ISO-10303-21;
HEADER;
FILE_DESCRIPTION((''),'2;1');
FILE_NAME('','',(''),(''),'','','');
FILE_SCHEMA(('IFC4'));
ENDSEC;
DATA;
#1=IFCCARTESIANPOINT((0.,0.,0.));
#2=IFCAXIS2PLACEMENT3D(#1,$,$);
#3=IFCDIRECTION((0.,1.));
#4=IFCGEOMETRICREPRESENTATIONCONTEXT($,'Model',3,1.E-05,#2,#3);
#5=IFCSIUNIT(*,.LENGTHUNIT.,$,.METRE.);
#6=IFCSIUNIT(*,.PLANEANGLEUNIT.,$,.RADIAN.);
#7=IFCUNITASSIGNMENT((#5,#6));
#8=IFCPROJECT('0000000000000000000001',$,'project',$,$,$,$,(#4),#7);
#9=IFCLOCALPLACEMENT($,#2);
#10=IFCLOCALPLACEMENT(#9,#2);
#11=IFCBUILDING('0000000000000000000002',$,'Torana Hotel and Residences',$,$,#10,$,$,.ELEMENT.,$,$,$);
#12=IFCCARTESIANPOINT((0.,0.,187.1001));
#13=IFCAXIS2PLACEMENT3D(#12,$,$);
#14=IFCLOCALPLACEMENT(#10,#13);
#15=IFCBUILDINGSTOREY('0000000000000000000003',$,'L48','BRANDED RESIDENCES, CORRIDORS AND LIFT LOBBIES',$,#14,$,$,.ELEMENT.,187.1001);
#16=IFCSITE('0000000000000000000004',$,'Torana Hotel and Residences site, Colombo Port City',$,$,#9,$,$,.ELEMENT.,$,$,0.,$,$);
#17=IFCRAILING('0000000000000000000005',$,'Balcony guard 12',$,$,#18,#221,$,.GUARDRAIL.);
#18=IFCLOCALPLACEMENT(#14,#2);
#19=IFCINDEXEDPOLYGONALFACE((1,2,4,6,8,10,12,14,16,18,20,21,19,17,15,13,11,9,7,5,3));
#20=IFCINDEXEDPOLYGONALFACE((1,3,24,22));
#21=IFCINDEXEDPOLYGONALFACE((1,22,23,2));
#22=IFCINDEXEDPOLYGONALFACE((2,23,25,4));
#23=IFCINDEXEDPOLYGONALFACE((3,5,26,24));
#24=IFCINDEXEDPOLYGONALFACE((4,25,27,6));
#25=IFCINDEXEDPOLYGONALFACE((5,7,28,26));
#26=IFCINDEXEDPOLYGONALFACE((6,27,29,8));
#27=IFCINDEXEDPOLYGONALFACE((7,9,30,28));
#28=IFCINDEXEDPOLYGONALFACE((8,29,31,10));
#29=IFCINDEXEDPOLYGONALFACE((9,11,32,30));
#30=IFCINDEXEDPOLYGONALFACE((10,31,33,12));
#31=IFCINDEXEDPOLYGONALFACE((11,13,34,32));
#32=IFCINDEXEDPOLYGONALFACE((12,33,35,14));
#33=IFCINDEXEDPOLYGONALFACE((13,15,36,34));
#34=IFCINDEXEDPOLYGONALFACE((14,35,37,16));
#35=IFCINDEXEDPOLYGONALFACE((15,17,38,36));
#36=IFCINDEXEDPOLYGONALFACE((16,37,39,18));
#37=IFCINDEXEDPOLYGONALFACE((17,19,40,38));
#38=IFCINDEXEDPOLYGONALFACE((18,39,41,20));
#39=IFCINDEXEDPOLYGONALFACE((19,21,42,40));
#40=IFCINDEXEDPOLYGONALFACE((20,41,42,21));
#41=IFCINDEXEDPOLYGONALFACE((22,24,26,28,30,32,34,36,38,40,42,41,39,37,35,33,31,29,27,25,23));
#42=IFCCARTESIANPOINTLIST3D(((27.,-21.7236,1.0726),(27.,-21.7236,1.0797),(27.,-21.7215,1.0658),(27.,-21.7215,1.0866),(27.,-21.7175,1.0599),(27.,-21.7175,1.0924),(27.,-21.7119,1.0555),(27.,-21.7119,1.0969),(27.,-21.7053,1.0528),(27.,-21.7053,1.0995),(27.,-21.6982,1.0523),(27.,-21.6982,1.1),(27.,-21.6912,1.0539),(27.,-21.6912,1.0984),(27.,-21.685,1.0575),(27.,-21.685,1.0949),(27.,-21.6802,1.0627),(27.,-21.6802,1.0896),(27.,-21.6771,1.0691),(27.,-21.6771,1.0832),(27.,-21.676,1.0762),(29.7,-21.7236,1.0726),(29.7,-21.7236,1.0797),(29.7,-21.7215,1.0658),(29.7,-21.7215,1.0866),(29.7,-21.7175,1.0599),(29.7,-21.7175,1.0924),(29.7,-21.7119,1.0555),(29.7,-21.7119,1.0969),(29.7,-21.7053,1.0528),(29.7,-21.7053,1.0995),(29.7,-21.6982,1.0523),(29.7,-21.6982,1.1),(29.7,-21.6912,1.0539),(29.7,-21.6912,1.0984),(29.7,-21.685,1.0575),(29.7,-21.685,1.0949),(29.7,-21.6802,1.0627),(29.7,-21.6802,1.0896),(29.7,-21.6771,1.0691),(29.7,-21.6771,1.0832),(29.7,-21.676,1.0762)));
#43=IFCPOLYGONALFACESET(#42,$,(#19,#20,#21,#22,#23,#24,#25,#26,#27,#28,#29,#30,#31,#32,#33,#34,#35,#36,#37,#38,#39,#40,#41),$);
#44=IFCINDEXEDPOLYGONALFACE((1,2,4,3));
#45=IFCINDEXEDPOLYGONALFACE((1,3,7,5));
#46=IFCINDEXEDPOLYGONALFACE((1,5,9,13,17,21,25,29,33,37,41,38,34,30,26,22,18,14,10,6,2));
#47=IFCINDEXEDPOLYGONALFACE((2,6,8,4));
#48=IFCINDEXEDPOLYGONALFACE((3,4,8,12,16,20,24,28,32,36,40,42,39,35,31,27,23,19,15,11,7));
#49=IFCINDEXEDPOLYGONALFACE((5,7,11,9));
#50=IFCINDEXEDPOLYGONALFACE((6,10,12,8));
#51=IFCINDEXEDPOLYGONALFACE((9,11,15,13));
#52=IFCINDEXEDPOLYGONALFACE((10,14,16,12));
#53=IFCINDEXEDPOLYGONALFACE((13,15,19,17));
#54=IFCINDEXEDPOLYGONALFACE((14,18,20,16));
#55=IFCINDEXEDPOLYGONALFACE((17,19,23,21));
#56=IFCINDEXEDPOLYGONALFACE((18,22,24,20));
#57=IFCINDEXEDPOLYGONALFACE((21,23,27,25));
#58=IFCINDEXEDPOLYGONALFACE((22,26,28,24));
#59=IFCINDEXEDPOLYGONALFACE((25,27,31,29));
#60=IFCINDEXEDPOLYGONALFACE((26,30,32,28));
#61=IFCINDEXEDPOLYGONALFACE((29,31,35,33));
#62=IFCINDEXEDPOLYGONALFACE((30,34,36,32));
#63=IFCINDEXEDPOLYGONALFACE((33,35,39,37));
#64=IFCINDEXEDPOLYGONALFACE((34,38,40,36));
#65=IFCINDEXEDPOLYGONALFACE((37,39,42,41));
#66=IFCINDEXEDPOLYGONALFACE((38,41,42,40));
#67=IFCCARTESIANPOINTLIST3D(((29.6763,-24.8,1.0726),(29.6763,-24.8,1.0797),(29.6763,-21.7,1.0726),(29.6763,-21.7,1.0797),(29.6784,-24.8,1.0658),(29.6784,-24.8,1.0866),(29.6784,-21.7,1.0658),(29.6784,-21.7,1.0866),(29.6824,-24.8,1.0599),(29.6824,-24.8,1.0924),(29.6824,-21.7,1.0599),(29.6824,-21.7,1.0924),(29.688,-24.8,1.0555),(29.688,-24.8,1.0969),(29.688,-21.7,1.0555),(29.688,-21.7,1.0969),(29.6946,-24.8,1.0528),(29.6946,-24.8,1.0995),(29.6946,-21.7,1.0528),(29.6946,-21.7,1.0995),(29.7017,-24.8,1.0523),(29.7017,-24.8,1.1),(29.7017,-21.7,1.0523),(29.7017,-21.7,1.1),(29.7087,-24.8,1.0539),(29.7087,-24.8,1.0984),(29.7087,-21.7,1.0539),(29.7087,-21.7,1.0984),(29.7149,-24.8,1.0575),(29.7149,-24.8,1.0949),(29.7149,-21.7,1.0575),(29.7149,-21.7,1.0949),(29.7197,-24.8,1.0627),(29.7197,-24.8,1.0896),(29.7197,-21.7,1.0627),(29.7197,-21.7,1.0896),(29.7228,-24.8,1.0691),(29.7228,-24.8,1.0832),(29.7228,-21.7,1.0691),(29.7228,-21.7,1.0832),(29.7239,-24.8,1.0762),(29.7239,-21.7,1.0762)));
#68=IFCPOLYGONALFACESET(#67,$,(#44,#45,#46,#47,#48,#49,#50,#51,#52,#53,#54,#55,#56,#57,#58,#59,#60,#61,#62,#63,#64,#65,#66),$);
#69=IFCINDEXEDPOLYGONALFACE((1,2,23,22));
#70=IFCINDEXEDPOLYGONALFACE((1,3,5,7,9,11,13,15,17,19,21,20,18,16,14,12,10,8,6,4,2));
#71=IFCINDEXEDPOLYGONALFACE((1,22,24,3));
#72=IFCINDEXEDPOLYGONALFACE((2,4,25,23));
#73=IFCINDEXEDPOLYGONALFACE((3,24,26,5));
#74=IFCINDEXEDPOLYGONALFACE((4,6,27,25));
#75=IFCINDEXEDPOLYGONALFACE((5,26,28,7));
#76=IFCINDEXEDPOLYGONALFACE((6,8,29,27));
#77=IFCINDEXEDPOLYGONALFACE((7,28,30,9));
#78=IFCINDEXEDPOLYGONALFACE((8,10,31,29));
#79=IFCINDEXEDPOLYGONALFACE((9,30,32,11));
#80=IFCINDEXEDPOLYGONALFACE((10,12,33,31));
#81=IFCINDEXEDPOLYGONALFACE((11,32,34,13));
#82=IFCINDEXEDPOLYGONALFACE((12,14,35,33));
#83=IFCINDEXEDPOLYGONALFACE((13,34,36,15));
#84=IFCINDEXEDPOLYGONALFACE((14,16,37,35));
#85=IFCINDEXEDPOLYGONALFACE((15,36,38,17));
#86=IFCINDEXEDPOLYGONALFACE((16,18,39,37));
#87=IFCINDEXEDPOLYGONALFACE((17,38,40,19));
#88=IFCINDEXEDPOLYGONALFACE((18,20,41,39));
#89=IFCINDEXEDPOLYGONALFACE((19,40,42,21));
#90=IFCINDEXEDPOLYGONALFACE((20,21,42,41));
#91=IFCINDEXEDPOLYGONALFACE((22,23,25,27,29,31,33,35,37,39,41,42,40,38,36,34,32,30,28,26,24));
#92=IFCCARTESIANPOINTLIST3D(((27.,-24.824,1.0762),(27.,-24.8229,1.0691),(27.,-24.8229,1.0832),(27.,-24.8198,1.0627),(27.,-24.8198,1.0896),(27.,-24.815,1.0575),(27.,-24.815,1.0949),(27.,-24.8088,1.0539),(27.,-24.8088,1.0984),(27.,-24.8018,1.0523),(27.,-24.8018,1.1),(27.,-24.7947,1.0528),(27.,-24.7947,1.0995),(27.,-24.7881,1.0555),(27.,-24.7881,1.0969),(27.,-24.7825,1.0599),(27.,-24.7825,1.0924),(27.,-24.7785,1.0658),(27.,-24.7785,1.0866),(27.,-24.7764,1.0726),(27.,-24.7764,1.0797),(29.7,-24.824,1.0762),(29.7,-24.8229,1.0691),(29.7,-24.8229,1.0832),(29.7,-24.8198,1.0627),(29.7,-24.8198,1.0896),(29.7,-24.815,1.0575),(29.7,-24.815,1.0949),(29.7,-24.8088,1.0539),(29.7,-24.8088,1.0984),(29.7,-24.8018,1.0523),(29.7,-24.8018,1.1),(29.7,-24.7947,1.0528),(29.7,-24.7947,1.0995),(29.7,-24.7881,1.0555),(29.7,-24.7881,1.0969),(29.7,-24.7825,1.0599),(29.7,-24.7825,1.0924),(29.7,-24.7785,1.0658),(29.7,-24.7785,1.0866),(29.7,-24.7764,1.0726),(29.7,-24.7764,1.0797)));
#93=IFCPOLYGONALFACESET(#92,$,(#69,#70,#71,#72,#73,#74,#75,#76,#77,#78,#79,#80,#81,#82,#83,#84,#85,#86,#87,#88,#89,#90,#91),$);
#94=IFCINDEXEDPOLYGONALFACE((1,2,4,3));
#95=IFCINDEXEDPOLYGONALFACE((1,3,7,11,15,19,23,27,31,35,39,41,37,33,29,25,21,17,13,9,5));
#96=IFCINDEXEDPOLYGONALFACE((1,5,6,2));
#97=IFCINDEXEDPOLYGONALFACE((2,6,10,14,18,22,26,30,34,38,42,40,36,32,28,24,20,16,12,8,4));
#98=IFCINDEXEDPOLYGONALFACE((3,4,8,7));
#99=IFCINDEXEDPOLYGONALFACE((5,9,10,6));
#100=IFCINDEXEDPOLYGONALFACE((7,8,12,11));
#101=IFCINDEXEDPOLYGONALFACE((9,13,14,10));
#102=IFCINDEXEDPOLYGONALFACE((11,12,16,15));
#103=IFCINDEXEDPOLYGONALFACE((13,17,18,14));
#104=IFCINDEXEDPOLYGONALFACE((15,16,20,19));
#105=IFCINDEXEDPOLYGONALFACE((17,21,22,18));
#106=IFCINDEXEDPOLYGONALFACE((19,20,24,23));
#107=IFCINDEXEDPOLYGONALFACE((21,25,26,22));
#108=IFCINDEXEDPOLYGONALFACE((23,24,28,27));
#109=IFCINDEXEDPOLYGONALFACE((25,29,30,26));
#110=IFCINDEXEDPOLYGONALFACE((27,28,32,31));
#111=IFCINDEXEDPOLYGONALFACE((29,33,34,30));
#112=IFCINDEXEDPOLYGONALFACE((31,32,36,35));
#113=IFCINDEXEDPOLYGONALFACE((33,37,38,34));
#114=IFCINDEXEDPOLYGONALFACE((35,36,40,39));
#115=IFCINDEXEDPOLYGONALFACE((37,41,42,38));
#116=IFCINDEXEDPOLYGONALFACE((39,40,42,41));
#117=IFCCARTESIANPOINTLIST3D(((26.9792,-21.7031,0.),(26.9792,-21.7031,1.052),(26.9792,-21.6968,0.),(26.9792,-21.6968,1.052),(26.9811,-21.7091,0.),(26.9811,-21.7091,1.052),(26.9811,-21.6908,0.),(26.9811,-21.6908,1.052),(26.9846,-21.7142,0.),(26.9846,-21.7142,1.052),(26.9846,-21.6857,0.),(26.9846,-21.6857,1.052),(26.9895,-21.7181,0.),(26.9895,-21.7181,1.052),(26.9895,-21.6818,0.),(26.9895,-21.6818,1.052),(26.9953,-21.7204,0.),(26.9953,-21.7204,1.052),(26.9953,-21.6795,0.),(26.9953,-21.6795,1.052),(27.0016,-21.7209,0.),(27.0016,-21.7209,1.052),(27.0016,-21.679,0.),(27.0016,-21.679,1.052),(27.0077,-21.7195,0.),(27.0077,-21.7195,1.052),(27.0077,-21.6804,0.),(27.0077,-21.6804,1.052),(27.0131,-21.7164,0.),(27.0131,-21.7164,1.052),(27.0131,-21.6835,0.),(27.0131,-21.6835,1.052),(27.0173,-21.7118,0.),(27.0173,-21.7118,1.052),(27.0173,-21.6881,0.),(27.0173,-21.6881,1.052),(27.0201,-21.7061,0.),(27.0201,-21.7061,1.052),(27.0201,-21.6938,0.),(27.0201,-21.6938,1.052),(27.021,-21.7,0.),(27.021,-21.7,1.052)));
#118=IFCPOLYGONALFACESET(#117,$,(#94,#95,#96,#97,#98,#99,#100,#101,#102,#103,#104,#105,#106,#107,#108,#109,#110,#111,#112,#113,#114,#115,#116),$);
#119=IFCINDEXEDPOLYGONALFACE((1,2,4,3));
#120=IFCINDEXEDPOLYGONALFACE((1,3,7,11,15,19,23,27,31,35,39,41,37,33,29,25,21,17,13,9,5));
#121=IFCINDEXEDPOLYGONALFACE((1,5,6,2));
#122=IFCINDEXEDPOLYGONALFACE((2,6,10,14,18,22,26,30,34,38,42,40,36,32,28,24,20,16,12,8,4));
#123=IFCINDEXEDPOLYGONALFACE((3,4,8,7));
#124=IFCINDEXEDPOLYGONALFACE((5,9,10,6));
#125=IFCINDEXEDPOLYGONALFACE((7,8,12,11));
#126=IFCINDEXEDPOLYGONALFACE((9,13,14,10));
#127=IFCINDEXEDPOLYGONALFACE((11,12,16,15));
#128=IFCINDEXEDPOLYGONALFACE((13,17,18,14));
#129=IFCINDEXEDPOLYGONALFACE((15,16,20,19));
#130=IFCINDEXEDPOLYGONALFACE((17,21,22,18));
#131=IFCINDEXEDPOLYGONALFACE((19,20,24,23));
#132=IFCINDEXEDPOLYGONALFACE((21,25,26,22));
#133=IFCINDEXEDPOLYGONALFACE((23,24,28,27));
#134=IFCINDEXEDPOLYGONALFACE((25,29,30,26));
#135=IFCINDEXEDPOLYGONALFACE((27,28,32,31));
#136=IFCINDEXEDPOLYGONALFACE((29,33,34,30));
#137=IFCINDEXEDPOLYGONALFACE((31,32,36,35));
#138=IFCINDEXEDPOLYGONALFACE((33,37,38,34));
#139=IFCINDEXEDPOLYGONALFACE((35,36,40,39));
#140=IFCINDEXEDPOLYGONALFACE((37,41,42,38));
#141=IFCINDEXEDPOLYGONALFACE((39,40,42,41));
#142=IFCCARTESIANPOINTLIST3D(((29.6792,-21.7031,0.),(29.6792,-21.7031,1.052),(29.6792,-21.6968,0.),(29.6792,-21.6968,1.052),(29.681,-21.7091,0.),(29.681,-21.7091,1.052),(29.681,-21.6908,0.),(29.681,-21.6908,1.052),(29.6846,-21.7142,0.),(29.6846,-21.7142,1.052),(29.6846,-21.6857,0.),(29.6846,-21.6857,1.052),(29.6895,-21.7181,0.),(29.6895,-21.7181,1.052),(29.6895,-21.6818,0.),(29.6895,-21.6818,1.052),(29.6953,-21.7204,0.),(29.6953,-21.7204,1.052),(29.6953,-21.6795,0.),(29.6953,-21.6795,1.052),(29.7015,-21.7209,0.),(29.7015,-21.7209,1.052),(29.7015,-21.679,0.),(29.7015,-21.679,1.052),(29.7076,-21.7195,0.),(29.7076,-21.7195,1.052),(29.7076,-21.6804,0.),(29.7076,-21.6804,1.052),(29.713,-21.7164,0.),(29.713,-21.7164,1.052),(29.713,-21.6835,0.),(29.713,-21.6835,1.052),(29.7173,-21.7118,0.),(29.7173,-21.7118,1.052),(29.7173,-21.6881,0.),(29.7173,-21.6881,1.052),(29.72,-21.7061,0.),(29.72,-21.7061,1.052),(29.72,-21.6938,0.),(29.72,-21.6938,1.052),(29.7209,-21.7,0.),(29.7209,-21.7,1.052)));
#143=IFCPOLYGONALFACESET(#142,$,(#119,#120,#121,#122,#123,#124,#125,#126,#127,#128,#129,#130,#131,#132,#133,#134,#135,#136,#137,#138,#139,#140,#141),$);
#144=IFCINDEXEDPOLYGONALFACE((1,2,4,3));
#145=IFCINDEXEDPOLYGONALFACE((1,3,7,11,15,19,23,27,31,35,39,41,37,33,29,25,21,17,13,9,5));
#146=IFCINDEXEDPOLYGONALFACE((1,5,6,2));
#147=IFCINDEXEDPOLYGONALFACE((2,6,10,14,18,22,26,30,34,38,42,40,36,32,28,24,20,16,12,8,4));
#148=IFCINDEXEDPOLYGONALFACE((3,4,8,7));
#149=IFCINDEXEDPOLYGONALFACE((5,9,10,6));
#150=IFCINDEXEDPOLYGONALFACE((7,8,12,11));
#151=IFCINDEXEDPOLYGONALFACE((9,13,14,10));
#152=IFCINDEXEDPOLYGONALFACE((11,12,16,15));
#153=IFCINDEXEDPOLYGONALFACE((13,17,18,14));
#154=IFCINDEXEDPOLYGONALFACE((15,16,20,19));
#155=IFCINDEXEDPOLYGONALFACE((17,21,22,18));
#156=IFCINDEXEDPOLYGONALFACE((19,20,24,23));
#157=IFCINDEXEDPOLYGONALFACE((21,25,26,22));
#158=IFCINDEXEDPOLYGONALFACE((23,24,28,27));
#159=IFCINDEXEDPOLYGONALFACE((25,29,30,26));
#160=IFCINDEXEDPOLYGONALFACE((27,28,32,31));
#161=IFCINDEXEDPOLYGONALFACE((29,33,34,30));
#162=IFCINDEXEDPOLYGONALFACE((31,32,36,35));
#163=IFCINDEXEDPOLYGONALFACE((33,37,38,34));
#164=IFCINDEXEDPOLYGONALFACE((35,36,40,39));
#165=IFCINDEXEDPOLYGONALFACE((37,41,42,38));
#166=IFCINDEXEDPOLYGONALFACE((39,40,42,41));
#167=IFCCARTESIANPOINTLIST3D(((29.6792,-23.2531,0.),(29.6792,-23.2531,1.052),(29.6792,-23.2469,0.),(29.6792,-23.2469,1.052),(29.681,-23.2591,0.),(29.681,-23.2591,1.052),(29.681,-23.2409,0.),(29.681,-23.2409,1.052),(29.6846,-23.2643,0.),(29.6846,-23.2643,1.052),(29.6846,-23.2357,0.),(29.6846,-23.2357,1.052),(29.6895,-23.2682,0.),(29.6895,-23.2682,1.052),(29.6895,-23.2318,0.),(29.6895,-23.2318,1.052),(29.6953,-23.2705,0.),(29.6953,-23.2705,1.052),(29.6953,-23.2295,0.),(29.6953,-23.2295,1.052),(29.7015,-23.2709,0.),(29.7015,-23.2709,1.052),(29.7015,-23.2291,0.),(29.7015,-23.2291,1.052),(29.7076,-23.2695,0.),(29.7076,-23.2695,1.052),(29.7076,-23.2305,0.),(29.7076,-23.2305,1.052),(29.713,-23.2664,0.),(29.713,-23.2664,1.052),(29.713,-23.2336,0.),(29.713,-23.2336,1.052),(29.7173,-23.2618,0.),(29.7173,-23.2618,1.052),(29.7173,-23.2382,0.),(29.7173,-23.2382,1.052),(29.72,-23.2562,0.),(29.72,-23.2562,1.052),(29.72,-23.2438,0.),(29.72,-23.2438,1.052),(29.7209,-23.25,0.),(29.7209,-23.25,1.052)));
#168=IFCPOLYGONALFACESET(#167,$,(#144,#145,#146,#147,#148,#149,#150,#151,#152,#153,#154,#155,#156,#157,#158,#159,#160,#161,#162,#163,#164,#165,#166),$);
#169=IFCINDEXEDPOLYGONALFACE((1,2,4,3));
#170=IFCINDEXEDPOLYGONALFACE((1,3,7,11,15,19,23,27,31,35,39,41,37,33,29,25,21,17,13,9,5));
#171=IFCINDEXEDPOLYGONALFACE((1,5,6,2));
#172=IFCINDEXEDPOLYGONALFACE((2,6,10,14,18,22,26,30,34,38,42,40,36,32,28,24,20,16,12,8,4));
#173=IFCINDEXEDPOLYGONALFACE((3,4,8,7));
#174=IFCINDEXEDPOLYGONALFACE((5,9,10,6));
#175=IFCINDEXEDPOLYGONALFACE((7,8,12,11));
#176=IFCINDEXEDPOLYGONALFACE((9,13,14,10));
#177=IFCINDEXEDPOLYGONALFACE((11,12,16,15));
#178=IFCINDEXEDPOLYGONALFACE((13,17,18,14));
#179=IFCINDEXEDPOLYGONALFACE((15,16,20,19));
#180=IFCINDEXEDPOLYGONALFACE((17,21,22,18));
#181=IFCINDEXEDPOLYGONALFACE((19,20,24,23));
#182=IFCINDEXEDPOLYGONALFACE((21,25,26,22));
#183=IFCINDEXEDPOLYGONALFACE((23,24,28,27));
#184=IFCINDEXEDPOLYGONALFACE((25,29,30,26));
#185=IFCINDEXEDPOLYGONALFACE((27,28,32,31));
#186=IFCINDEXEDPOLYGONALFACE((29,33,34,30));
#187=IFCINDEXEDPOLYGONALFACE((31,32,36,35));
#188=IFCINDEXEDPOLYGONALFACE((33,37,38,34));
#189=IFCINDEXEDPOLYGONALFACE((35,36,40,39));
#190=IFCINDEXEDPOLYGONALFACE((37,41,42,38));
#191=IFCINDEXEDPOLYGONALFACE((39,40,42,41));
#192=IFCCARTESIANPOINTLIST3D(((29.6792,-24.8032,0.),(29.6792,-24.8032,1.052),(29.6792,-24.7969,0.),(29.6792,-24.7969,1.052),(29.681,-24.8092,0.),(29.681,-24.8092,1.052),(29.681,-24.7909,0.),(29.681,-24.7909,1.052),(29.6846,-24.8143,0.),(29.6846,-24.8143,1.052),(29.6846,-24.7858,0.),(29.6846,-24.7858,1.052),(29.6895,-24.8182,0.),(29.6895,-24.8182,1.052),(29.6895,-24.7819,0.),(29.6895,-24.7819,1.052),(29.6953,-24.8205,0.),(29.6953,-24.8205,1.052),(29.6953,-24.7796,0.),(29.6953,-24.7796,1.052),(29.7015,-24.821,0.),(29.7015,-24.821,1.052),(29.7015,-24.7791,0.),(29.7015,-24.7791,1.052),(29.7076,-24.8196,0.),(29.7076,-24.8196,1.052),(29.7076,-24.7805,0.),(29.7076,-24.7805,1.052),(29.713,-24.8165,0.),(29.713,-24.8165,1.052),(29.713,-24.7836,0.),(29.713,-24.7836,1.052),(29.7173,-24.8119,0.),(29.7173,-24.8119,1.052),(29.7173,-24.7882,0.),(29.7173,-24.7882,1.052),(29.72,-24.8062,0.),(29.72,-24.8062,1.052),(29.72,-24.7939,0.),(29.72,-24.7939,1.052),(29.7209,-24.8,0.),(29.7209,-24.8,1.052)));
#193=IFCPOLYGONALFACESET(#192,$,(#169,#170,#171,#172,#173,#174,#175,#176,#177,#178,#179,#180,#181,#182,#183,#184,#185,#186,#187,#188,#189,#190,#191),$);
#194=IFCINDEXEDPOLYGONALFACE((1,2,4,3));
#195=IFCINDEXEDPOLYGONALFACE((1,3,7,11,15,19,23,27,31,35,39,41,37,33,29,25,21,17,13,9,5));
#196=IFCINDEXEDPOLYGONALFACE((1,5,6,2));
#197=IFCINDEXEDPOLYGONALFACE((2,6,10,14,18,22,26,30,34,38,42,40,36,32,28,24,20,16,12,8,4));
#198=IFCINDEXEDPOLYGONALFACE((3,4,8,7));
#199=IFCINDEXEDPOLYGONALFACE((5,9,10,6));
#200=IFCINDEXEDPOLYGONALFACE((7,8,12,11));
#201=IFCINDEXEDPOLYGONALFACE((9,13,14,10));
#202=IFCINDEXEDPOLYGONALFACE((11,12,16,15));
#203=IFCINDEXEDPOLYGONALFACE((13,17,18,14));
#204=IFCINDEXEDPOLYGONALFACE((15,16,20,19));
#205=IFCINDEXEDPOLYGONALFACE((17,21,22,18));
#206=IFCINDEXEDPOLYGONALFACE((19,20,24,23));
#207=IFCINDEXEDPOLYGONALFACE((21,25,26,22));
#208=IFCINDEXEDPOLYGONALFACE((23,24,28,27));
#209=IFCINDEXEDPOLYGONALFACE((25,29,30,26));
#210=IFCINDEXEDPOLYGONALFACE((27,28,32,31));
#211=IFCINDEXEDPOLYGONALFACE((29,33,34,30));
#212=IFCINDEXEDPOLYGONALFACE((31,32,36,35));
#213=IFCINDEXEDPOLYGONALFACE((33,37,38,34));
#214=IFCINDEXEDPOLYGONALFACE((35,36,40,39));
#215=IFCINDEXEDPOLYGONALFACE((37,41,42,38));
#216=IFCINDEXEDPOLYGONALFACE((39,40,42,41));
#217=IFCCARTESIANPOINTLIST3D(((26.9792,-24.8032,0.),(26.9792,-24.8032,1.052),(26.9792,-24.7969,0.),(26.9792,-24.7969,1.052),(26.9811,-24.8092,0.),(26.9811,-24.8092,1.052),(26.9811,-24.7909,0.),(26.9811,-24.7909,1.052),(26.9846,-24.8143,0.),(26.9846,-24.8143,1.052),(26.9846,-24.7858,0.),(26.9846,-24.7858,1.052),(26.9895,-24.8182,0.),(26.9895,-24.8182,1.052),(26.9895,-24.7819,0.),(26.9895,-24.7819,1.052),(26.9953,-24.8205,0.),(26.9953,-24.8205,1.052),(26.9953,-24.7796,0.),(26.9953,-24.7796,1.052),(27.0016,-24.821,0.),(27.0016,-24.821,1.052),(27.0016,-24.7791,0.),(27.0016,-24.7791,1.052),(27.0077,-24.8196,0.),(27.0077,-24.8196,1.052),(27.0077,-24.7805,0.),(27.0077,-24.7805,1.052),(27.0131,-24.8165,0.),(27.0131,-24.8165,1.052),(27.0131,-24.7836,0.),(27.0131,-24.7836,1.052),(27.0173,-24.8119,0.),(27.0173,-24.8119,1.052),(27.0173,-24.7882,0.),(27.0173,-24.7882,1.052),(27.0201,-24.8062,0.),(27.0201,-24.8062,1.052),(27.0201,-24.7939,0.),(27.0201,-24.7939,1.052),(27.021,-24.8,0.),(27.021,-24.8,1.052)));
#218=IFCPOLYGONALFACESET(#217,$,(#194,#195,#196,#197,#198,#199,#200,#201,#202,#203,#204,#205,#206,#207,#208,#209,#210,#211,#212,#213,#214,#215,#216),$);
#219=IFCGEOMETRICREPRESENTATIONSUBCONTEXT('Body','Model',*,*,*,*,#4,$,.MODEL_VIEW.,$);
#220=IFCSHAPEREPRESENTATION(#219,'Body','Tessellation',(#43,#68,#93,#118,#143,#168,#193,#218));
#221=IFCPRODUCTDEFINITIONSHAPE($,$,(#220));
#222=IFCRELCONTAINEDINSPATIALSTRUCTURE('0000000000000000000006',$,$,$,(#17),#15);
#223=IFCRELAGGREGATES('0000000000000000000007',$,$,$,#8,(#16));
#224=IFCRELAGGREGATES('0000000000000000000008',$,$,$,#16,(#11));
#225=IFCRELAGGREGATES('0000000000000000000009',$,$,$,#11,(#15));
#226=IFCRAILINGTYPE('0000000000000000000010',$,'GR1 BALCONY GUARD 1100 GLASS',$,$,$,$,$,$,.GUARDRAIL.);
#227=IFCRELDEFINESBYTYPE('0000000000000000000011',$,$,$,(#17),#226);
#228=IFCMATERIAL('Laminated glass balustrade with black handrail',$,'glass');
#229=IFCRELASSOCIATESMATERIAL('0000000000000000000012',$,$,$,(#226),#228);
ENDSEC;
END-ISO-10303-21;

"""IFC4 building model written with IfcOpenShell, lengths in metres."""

from ifc_helpers import new_model, si_unit, direction, frame, origin, origin_2d, place, context, subcontext, project, spatial, circle, extrude, material, type_object, element, save


model = new_model("IFC4")

# Units and contexts
model_context = context("Model", 3, precision=1e-05, world=origin(), true_north=direction((0.0, 1.0)))
body_context = subcontext(model_context, "Body", "Model", "MODEL_VIEW")
ifc_project = project(units=[si_unit("LENGTHUNIT", "METRE"), si_unit("PLANEANGLEUNIT", "RADIAN")], contexts=[model_context])

# Site, building, storey
site_placement = place(None, origin())
site = spatial("IfcSite", under=ifc_project, at=site_placement, Name="Torana Hotel and Residences site, Colombo Port City", CompositionType="ELEMENT", RefElevation=0.0)
building_placement = place(site_placement, origin())
building = spatial("IfcBuilding", under=site, at=building_placement, Name="Torana Hotel and Residences", CompositionType="ELEMENT")
storey_placement = place(building_placement, frame((0.0, 0.0, 187.1001)))
storey = spatial("IfcBuildingStorey", under=building, at=storey_placement, Name="L48", Description="BRANDED RESIDENCES, CORRIDORS AND LIFT LOBBIES", CompositionType="ELEMENT", Elevation=187.1001)

# Railing
ifc_material_1 = material(Name="Laminated glass balustrade with black handrail", Category="glass")
railing_type = type_object("IfcRailingType", Name="GR1 BALCONY GUARD 1100 GLASS", PredefinedType="GUARDRAIL", material=ifc_material_1)
railing_1_placement = place(storey_placement, frame((27.0, -21.7, 0.0)))
element("IfcRailing", 1, at=railing_1_placement, inside=storey, type_object=railing_type, Name="Balcony guard 12", PredefinedType="GUARDRAIL", context=body_context, shape_type="SweptSolid", body=[
    extrude(circle(Radius=0.0239, at=origin_2d()), frame((0.0, 0.0, 1.0762), z_axis=(1.0, 0.0, 0.0), x_axis=(0.0, 1.0, 0.0)), (0.0, 0.0, 1.0), 2.7),
    extrude(circle(Radius=0.0239, at=origin_2d()), frame((2.7, 0.0, 1.0762), z_axis=(0.0, -1.0, 0.0), x_axis=(1.0, 0.0, 0.0)), (0.0, 0.0, 1.0), 3.1001),
    extrude(circle(Radius=0.0239, at=origin_2d()), frame((2.7, -3.1001, 1.0762), z_axis=(-1.0, 0.0, 0.0), x_axis=(0.0, -1.0, 0.0)), (0.0, 0.0, 1.0), 2.7),
    extrude(circle(Radius=0.021, at=origin_2d()), origin(), (0.0, 0.0, 1.0), 1.052),
    extrude(circle(Radius=0.021, at=origin_2d()), frame((2.7, 0.0, 0.0)), (0.0, 0.0, 1.0), 1.052),
    extrude(circle(Radius=0.021, at=origin_2d()), frame((2.7, -1.55, 0.0)), (0.0, 0.0, 1.0), 1.052),
    extrude(circle(Radius=0.021, at=origin_2d()), frame((2.7, -3.1001, 0.0)), (0.0, 0.0, 1.0), 1.052),
    extrude(circle(Radius=0.021, at=origin_2d()), frame((0.0, -3.1001, 0.0)), (0.0, 0.0, 1.0), 1.052),
])

save(model, "model.ifc")
